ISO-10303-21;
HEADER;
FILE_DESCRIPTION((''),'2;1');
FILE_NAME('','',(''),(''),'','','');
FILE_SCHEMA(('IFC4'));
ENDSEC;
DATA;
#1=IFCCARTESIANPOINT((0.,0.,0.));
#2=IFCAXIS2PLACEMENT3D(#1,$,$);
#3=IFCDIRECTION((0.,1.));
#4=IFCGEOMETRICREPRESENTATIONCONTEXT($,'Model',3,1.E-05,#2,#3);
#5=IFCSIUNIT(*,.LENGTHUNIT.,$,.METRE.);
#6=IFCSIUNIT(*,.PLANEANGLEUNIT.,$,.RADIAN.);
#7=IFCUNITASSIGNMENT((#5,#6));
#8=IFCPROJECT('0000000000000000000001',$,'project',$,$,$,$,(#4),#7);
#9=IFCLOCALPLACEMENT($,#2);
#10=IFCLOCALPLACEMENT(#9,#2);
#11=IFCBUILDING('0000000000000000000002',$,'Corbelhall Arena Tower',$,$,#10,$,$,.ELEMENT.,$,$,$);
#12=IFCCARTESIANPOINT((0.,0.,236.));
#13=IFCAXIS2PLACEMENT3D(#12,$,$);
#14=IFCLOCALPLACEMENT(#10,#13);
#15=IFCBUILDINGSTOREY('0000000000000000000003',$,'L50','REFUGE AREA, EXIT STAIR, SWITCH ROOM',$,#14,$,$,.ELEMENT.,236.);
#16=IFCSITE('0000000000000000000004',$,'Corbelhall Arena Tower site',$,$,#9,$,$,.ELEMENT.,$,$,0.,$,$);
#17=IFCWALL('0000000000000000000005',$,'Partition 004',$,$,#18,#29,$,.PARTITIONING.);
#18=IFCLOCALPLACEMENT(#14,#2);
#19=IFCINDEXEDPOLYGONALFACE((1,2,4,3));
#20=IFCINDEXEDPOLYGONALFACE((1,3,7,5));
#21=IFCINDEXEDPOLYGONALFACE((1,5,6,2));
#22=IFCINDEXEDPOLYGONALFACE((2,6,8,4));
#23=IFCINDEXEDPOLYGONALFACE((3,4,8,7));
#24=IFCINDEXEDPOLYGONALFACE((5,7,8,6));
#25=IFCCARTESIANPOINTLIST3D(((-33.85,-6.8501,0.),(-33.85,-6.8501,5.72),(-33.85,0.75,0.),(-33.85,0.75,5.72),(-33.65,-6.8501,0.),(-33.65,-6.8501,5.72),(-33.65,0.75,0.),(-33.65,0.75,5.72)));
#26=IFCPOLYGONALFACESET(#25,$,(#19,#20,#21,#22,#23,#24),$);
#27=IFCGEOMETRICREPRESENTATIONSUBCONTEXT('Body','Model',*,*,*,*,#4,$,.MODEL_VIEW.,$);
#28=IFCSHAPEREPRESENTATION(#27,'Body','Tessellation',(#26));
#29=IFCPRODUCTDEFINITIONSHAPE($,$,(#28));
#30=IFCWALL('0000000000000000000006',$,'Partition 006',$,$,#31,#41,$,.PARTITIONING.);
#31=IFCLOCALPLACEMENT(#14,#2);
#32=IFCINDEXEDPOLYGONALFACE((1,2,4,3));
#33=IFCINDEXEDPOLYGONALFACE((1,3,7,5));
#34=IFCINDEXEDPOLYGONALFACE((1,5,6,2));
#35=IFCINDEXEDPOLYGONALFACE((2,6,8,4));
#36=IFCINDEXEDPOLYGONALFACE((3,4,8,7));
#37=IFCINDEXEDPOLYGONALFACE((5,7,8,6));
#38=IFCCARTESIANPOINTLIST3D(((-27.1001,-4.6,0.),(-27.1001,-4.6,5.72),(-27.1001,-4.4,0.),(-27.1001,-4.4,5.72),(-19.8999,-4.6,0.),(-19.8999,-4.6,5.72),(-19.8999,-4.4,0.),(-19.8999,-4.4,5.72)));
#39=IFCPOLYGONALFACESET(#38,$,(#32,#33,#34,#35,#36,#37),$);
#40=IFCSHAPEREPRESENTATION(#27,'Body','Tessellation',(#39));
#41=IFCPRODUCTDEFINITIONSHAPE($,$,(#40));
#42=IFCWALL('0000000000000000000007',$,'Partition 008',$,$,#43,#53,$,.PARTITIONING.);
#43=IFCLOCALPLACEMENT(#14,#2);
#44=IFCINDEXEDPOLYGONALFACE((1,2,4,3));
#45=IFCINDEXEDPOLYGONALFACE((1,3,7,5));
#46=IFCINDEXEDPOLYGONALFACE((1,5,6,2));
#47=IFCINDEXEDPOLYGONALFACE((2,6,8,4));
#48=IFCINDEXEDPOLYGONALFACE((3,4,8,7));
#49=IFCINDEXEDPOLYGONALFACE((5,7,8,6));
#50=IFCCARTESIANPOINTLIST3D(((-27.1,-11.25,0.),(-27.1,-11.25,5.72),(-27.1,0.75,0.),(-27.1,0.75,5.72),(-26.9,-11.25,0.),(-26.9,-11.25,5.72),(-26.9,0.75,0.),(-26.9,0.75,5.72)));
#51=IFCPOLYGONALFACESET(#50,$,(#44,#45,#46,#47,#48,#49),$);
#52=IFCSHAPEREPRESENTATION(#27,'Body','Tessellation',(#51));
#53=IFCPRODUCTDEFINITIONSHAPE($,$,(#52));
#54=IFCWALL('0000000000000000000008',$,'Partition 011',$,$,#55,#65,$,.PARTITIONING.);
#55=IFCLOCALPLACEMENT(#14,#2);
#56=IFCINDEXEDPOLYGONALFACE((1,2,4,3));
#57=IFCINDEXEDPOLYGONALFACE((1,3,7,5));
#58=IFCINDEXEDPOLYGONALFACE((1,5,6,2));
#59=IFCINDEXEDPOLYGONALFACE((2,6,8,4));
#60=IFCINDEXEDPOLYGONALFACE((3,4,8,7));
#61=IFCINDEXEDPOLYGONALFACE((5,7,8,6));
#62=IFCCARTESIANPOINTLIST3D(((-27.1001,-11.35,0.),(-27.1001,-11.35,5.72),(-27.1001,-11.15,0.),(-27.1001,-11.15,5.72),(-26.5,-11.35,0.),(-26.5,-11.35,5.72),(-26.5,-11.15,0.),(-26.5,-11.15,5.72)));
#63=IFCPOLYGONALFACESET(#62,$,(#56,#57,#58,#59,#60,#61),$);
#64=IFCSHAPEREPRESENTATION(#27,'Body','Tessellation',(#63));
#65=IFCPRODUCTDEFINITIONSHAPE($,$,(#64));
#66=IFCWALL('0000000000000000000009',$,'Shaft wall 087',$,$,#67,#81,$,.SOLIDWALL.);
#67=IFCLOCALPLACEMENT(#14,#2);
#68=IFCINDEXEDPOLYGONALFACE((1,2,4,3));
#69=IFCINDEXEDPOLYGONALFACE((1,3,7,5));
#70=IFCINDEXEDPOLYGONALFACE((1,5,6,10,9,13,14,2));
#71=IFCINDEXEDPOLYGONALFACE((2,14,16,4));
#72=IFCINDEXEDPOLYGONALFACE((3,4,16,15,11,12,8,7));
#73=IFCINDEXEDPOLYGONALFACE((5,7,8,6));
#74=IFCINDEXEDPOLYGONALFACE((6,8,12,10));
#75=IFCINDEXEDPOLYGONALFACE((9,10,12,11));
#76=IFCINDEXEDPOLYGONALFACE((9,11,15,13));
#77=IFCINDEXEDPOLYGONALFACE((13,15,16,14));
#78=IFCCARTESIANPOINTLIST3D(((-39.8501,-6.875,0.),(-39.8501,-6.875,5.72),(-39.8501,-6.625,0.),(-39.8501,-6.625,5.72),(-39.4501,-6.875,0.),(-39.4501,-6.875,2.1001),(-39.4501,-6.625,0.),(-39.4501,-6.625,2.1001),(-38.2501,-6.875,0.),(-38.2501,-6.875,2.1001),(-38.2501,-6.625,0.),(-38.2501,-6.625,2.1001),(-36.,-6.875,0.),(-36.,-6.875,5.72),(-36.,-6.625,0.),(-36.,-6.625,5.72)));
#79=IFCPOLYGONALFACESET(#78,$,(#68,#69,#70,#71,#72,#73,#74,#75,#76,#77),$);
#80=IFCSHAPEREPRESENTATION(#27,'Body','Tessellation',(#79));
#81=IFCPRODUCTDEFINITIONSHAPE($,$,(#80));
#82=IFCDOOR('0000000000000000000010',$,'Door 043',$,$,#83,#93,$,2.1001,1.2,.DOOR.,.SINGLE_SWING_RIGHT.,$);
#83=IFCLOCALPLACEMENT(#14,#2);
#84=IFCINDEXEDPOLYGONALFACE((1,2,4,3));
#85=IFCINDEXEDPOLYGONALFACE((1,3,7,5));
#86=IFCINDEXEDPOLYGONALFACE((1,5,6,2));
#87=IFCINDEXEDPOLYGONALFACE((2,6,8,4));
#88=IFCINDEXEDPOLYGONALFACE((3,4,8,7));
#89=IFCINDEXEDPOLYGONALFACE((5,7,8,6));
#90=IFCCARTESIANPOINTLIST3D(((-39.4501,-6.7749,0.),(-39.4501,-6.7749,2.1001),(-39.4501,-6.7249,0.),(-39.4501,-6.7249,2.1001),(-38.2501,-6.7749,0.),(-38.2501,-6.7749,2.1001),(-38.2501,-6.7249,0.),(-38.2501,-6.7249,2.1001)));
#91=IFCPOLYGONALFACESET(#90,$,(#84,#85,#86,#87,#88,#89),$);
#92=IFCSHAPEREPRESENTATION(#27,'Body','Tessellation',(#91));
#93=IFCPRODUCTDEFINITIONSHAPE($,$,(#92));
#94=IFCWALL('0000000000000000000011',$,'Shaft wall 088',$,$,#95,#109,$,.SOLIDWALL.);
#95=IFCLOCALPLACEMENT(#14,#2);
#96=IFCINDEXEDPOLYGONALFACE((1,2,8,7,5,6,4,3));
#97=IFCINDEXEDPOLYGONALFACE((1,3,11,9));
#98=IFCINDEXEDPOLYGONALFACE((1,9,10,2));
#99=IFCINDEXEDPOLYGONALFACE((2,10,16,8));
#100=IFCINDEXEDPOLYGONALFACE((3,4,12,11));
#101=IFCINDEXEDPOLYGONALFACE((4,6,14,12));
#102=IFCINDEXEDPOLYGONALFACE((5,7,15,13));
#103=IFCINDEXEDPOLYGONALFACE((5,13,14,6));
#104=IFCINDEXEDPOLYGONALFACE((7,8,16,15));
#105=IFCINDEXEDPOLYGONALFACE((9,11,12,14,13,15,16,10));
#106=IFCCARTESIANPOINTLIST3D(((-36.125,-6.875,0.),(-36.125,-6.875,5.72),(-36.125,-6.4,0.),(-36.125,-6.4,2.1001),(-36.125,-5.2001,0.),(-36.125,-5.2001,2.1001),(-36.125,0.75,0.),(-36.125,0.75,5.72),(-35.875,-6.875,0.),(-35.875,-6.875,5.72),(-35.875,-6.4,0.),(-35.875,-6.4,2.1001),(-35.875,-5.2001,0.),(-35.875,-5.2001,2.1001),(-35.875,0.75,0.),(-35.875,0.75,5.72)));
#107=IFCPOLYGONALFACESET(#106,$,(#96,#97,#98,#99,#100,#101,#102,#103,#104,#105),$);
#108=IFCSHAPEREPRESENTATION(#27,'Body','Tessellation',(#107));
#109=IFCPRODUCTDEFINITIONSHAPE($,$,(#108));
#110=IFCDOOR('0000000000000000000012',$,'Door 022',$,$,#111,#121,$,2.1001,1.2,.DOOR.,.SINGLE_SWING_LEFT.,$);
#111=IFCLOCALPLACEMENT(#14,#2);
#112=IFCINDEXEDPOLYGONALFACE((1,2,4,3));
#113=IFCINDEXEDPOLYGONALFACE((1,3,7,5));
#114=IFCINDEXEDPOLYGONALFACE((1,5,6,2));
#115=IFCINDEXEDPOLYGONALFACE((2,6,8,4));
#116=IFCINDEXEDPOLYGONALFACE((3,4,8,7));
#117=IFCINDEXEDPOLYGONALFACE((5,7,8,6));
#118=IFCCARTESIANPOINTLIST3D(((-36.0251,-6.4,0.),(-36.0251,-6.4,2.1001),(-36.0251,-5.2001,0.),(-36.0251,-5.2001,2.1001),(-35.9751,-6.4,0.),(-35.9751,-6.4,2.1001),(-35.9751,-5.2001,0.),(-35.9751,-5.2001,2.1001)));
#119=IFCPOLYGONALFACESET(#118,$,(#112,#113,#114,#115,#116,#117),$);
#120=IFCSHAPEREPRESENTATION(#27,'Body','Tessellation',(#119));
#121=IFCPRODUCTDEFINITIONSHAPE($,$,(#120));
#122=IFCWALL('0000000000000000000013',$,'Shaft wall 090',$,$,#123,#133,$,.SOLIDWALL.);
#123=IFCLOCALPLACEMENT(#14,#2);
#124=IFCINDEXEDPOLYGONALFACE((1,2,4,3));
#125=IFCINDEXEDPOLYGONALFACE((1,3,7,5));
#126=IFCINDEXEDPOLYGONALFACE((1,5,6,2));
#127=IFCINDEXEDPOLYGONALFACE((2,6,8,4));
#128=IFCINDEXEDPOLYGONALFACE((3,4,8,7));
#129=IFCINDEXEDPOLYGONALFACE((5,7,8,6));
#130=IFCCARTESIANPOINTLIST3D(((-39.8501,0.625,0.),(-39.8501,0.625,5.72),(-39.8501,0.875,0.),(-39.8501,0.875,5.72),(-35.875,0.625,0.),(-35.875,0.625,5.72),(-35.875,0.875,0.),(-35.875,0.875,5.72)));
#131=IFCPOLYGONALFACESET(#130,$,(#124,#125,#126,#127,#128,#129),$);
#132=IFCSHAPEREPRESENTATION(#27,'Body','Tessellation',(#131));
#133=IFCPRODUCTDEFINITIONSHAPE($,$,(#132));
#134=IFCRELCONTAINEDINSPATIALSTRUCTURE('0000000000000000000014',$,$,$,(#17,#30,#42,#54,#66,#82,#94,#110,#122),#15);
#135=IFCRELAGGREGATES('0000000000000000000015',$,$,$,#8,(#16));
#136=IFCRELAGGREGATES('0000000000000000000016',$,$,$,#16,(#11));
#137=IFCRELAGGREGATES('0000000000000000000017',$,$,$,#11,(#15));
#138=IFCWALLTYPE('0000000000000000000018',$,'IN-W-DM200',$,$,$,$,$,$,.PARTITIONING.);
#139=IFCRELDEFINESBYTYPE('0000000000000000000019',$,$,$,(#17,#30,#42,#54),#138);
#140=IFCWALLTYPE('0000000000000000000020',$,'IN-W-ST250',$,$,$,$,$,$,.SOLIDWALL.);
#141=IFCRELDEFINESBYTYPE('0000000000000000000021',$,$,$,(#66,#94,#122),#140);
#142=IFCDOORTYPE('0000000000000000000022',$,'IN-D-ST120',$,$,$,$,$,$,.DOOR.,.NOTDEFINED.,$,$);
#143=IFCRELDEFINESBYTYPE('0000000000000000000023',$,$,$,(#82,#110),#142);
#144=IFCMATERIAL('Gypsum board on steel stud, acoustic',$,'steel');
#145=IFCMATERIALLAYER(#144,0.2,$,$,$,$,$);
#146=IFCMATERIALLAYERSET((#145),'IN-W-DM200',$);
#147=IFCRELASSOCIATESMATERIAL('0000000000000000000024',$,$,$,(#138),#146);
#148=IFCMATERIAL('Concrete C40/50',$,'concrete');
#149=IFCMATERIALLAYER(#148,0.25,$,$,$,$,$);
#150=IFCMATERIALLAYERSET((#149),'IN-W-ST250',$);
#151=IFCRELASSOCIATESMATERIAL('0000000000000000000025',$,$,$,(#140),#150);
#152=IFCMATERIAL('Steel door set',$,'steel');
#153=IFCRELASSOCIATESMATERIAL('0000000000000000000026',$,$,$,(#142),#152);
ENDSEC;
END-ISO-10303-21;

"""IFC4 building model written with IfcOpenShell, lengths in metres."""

from ifc_helpers import new_model, si_unit, direction, frame, frame_2d, origin, place, context, subcontext, project, spatial, rectangle, extrude, material, layer, layer_set, type_object, element, fill, save


model = new_model("IFC4")

# Units and contexts
model_context = context("Model", 3, precision=1e-05, world=origin(), true_north=direction((0.0, 1.0)))
body_context = subcontext(model_context, "Body", "Model", "MODEL_VIEW")
ifc_project = project(units=[si_unit("LENGTHUNIT", "METRE"), si_unit("PLANEANGLEUNIT", "RADIAN")], contexts=[model_context])

# Site, building, storey
site_placement = place(None, origin())
site = spatial("IfcSite", under=ifc_project, at=site_placement, Name="Corbelhall Arena Tower site", CompositionType="ELEMENT", RefElevation=0.0)
building_placement = place(site_placement, origin())
building = spatial("IfcBuilding", under=site, at=building_placement, Name="Corbelhall Arena Tower", CompositionType="ELEMENT")
storey_placement = place(building_placement, frame((0.0, 0.0, 236.0)))
storey = spatial("IfcBuildingStorey", under=building, at=storey_placement, Name="L50", Description="REFUGE AREA, EXIT STAIR, SWITCH ROOM", CompositionType="ELEMENT", Elevation=236.0)

# Walls
ifc_material_1 = material(Name="Gypsum board on steel stud, acoustic", Category="steel")
ifc_layer_1 = layer(ifc_material_1, 0.2)
ifc_layer_set_1 = layer_set([ifc_layer_1], Name="IN-W-DM200")
wall_type_1 = type_object("IfcWallType", Name="IN-W-DM200", PredefinedType="PARTITIONING", material=ifc_layer_set_1)
wall_1_placement = place(storey_placement, frame((-33.75, 0.75, 0.0), z_axis=(0.0, 0.0, 1.0), x_axis=(0.0, -1.0, 0.0)))
element("IfcWall", 1, at=wall_1_placement, inside=storey, type_object=wall_type_1, Name="Partition 004", PredefinedType="PARTITIONING", context=body_context, shape_type="SweptSolid", body=[
    extrude(rectangle(XDim=7.6001, YDim=0.2, at=frame_2d((3.8, 0.0))), origin(), (0.0, 0.0, 1.0), 5.72),
])
wall_2_placement = place(storey_placement, frame((-27.1001, -4.5, 0.0), z_axis=(0.0, 0.0, 1.0), x_axis=(1.0, 0.0, 0.0)))
element("IfcWall", 2, at=wall_2_placement, inside=storey, type_object=wall_type_1, Name="Partition 006", PredefinedType="PARTITIONING", context=body_context, shape_type="SweptSolid", body=[
    extrude(rectangle(XDim=7.2002, YDim=0.2, at=frame_2d((3.6001, 0.0))), origin(), (0.0, 0.0, 1.0), 5.72),
])
wall_3_placement = place(storey_placement, frame((-27.0, -11.25, 0.0), z_axis=(0.0, 0.0, 1.0), x_axis=(0.0, 1.0, 0.0)))
element("IfcWall", 3, at=wall_3_placement, inside=storey, type_object=wall_type_1, Name="Partition 008", PredefinedType="PARTITIONING", context=body_context, shape_type="SweptSolid", body=[
    extrude(rectangle(XDim=12.0, YDim=0.2, at=frame_2d((6.0, 0.0))), origin(), (0.0, 0.0, 1.0), 5.72),
])
wall_4_placement = place(storey_placement, frame((-26.5, -11.25, 0.0), z_axis=(0.0, 0.0, 1.0), x_axis=(-1.0, 0.0, 0.0)))
element("IfcWall", 4, at=wall_4_placement, inside=storey, type_object=wall_type_1, Name="Partition 011", PredefinedType="PARTITIONING", context=body_context, shape_type="SweptSolid", body=[
    extrude(rectangle(XDim=0.6001, YDim=0.2, at=frame_2d((0.3, 0.0))), origin(), (0.0, 0.0, 1.0), 5.72),
])

# Walls, openings, doors
ifc_material_2 = material(Name="Concrete C40/50", Category="concrete")
ifc_layer_2 = layer(ifc_material_2, 0.25)
ifc_layer_set_2 = layer_set([ifc_layer_2], Name="IN-W-ST250")
wall_type_2 = type_object("IfcWallType", Name="IN-W-ST250", PredefinedType="SOLIDWALL", material=ifc_layer_set_2)
wall_5_placement = place(storey_placement, frame((-36.0, -6.75, 0.0), z_axis=(0.0, 0.0, 1.0), x_axis=(-1.0, 0.0, 0.0)))
wall_5 = element("IfcWall", 5, at=wall_5_placement, inside=storey, type_object=wall_type_2, Name="Shaft wall 087", PredefinedType="SOLIDWALL", context=body_context, shape_type="SweptSolid", body=[
    extrude(rectangle(XDim=3.8501, YDim=0.25, at=frame_2d((1.925, 0.0))), origin(), (0.0, 0.0, 1.0), 5.72),
])
opening_1_placement = place(wall_5_placement, frame((2.25, 0.0, 0.0)))
opening_1 = element("IfcOpeningElement", 6, at=opening_1_placement, cuts=wall_5, PredefinedType="OPENING", context=body_context, shape_type="SweptSolid", body=[
    extrude(rectangle(XDim=1.2, YDim=2.1001, at=frame_2d((0.6001, 1.05))), frame((0.0, 0.125, 0.0), z_axis=(0.0, -1.0, 0.0), x_axis=(1.0, 0.0, 0.0)), (0.0, 0.0, 1.0), 0.25),
])
ifc_material_3 = material(Name="Steel door set", Category="steel")
door_type = type_object("IfcDoorType", Name="IN-D-ST120", OperationType="NOTDEFINED", PredefinedType="DOOR", material=ifc_material_3)
door_1_placement = place(opening_1_placement, origin())
door_1 = element("IfcDoor", 7, at=door_1_placement, inside=storey, type_object=door_type, Name="Door 043", OperationType="SINGLE_SWING_RIGHT", OverallHeight=2.1001, OverallWidth=1.2, PredefinedType="DOOR", context=body_context, shape_type="SweptSolid", body=[
    extrude(rectangle(XDim=1.2, YDim=2.1001, at=frame_2d((0.6001, 1.05))), frame((0.0, 0.0249, 0.0), z_axis=(0.0, -1.0, 0.0), x_axis=(1.0, 0.0, 0.0)), (0.0, 0.0, 1.0), 0.05),
])
fill(opening_1, door_1)
wall_6_placement = place(storey_placement, frame((-36.0, 0.75, 0.0), z_axis=(0.0, 0.0, 1.0), x_axis=(0.0, -1.0, 0.0)))
wall_6 = element("IfcWall", 8, at=wall_6_placement, inside=storey, type_object=wall_type_2, Name="Shaft wall 088", PredefinedType="SOLIDWALL", context=body_context, shape_type="SweptSolid", body=[
    extrude(rectangle(XDim=7.625, YDim=0.25, at=frame_2d((3.8125, 0.0))), origin(), (0.0, 0.0, 1.0), 5.72),
])
opening_2_placement = place(wall_6_placement, frame((5.95, 0.0, 0.0)))
opening_2 = element("IfcOpeningElement", 9, at=opening_2_placement, cuts=wall_6, PredefinedType="OPENING", context=body_context, shape_type="SweptSolid", body=[
    extrude(rectangle(XDim=1.2, YDim=2.1001, at=frame_2d((0.6001, 1.05))), frame((0.0, 0.125, 0.0), z_axis=(0.0, -1.0, 0.0), x_axis=(1.0, 0.0, 0.0)), (0.0, 0.0, 1.0), 0.25),
])
door_2_placement = place(opening_2_placement, origin())
door_2 = element("IfcDoor", 10, at=door_2_placement, inside=storey, type_object=door_type, Name="Door 022", OperationType="SINGLE_SWING_LEFT", OverallHeight=2.1001, OverallWidth=1.2, PredefinedType="DOOR", context=body_context, shape_type="SweptSolid", body=[
    extrude(rectangle(XDim=1.2, YDim=2.1001, at=frame_2d((0.6001, 1.05))), frame((0.0, 0.0249, 0.0), z_axis=(0.0, -1.0, 0.0), x_axis=(1.0, 0.0, 0.0)), (0.0, 0.0, 1.0), 0.05),
])
fill(opening_2, door_2)

# Wall
wall_7_placement = place(storey_placement, frame((-35.875, 0.75, 0.0), z_axis=(0.0, 0.0, 1.0), x_axis=(-1.0, 0.0, 0.0)))
element("IfcWall", 11, at=wall_7_placement, inside=storey, type_object=wall_type_2, Name="Shaft wall 090", PredefinedType="SOLIDWALL", context=body_context, shape_type="SweptSolid", body=[
    extrude(rectangle(XDim=3.9751, YDim=0.25, at=frame_2d((1.9875, 0.0))), origin(), (0.0, 0.0, 1.0), 5.72),
])

save(model, "model.ifc")
